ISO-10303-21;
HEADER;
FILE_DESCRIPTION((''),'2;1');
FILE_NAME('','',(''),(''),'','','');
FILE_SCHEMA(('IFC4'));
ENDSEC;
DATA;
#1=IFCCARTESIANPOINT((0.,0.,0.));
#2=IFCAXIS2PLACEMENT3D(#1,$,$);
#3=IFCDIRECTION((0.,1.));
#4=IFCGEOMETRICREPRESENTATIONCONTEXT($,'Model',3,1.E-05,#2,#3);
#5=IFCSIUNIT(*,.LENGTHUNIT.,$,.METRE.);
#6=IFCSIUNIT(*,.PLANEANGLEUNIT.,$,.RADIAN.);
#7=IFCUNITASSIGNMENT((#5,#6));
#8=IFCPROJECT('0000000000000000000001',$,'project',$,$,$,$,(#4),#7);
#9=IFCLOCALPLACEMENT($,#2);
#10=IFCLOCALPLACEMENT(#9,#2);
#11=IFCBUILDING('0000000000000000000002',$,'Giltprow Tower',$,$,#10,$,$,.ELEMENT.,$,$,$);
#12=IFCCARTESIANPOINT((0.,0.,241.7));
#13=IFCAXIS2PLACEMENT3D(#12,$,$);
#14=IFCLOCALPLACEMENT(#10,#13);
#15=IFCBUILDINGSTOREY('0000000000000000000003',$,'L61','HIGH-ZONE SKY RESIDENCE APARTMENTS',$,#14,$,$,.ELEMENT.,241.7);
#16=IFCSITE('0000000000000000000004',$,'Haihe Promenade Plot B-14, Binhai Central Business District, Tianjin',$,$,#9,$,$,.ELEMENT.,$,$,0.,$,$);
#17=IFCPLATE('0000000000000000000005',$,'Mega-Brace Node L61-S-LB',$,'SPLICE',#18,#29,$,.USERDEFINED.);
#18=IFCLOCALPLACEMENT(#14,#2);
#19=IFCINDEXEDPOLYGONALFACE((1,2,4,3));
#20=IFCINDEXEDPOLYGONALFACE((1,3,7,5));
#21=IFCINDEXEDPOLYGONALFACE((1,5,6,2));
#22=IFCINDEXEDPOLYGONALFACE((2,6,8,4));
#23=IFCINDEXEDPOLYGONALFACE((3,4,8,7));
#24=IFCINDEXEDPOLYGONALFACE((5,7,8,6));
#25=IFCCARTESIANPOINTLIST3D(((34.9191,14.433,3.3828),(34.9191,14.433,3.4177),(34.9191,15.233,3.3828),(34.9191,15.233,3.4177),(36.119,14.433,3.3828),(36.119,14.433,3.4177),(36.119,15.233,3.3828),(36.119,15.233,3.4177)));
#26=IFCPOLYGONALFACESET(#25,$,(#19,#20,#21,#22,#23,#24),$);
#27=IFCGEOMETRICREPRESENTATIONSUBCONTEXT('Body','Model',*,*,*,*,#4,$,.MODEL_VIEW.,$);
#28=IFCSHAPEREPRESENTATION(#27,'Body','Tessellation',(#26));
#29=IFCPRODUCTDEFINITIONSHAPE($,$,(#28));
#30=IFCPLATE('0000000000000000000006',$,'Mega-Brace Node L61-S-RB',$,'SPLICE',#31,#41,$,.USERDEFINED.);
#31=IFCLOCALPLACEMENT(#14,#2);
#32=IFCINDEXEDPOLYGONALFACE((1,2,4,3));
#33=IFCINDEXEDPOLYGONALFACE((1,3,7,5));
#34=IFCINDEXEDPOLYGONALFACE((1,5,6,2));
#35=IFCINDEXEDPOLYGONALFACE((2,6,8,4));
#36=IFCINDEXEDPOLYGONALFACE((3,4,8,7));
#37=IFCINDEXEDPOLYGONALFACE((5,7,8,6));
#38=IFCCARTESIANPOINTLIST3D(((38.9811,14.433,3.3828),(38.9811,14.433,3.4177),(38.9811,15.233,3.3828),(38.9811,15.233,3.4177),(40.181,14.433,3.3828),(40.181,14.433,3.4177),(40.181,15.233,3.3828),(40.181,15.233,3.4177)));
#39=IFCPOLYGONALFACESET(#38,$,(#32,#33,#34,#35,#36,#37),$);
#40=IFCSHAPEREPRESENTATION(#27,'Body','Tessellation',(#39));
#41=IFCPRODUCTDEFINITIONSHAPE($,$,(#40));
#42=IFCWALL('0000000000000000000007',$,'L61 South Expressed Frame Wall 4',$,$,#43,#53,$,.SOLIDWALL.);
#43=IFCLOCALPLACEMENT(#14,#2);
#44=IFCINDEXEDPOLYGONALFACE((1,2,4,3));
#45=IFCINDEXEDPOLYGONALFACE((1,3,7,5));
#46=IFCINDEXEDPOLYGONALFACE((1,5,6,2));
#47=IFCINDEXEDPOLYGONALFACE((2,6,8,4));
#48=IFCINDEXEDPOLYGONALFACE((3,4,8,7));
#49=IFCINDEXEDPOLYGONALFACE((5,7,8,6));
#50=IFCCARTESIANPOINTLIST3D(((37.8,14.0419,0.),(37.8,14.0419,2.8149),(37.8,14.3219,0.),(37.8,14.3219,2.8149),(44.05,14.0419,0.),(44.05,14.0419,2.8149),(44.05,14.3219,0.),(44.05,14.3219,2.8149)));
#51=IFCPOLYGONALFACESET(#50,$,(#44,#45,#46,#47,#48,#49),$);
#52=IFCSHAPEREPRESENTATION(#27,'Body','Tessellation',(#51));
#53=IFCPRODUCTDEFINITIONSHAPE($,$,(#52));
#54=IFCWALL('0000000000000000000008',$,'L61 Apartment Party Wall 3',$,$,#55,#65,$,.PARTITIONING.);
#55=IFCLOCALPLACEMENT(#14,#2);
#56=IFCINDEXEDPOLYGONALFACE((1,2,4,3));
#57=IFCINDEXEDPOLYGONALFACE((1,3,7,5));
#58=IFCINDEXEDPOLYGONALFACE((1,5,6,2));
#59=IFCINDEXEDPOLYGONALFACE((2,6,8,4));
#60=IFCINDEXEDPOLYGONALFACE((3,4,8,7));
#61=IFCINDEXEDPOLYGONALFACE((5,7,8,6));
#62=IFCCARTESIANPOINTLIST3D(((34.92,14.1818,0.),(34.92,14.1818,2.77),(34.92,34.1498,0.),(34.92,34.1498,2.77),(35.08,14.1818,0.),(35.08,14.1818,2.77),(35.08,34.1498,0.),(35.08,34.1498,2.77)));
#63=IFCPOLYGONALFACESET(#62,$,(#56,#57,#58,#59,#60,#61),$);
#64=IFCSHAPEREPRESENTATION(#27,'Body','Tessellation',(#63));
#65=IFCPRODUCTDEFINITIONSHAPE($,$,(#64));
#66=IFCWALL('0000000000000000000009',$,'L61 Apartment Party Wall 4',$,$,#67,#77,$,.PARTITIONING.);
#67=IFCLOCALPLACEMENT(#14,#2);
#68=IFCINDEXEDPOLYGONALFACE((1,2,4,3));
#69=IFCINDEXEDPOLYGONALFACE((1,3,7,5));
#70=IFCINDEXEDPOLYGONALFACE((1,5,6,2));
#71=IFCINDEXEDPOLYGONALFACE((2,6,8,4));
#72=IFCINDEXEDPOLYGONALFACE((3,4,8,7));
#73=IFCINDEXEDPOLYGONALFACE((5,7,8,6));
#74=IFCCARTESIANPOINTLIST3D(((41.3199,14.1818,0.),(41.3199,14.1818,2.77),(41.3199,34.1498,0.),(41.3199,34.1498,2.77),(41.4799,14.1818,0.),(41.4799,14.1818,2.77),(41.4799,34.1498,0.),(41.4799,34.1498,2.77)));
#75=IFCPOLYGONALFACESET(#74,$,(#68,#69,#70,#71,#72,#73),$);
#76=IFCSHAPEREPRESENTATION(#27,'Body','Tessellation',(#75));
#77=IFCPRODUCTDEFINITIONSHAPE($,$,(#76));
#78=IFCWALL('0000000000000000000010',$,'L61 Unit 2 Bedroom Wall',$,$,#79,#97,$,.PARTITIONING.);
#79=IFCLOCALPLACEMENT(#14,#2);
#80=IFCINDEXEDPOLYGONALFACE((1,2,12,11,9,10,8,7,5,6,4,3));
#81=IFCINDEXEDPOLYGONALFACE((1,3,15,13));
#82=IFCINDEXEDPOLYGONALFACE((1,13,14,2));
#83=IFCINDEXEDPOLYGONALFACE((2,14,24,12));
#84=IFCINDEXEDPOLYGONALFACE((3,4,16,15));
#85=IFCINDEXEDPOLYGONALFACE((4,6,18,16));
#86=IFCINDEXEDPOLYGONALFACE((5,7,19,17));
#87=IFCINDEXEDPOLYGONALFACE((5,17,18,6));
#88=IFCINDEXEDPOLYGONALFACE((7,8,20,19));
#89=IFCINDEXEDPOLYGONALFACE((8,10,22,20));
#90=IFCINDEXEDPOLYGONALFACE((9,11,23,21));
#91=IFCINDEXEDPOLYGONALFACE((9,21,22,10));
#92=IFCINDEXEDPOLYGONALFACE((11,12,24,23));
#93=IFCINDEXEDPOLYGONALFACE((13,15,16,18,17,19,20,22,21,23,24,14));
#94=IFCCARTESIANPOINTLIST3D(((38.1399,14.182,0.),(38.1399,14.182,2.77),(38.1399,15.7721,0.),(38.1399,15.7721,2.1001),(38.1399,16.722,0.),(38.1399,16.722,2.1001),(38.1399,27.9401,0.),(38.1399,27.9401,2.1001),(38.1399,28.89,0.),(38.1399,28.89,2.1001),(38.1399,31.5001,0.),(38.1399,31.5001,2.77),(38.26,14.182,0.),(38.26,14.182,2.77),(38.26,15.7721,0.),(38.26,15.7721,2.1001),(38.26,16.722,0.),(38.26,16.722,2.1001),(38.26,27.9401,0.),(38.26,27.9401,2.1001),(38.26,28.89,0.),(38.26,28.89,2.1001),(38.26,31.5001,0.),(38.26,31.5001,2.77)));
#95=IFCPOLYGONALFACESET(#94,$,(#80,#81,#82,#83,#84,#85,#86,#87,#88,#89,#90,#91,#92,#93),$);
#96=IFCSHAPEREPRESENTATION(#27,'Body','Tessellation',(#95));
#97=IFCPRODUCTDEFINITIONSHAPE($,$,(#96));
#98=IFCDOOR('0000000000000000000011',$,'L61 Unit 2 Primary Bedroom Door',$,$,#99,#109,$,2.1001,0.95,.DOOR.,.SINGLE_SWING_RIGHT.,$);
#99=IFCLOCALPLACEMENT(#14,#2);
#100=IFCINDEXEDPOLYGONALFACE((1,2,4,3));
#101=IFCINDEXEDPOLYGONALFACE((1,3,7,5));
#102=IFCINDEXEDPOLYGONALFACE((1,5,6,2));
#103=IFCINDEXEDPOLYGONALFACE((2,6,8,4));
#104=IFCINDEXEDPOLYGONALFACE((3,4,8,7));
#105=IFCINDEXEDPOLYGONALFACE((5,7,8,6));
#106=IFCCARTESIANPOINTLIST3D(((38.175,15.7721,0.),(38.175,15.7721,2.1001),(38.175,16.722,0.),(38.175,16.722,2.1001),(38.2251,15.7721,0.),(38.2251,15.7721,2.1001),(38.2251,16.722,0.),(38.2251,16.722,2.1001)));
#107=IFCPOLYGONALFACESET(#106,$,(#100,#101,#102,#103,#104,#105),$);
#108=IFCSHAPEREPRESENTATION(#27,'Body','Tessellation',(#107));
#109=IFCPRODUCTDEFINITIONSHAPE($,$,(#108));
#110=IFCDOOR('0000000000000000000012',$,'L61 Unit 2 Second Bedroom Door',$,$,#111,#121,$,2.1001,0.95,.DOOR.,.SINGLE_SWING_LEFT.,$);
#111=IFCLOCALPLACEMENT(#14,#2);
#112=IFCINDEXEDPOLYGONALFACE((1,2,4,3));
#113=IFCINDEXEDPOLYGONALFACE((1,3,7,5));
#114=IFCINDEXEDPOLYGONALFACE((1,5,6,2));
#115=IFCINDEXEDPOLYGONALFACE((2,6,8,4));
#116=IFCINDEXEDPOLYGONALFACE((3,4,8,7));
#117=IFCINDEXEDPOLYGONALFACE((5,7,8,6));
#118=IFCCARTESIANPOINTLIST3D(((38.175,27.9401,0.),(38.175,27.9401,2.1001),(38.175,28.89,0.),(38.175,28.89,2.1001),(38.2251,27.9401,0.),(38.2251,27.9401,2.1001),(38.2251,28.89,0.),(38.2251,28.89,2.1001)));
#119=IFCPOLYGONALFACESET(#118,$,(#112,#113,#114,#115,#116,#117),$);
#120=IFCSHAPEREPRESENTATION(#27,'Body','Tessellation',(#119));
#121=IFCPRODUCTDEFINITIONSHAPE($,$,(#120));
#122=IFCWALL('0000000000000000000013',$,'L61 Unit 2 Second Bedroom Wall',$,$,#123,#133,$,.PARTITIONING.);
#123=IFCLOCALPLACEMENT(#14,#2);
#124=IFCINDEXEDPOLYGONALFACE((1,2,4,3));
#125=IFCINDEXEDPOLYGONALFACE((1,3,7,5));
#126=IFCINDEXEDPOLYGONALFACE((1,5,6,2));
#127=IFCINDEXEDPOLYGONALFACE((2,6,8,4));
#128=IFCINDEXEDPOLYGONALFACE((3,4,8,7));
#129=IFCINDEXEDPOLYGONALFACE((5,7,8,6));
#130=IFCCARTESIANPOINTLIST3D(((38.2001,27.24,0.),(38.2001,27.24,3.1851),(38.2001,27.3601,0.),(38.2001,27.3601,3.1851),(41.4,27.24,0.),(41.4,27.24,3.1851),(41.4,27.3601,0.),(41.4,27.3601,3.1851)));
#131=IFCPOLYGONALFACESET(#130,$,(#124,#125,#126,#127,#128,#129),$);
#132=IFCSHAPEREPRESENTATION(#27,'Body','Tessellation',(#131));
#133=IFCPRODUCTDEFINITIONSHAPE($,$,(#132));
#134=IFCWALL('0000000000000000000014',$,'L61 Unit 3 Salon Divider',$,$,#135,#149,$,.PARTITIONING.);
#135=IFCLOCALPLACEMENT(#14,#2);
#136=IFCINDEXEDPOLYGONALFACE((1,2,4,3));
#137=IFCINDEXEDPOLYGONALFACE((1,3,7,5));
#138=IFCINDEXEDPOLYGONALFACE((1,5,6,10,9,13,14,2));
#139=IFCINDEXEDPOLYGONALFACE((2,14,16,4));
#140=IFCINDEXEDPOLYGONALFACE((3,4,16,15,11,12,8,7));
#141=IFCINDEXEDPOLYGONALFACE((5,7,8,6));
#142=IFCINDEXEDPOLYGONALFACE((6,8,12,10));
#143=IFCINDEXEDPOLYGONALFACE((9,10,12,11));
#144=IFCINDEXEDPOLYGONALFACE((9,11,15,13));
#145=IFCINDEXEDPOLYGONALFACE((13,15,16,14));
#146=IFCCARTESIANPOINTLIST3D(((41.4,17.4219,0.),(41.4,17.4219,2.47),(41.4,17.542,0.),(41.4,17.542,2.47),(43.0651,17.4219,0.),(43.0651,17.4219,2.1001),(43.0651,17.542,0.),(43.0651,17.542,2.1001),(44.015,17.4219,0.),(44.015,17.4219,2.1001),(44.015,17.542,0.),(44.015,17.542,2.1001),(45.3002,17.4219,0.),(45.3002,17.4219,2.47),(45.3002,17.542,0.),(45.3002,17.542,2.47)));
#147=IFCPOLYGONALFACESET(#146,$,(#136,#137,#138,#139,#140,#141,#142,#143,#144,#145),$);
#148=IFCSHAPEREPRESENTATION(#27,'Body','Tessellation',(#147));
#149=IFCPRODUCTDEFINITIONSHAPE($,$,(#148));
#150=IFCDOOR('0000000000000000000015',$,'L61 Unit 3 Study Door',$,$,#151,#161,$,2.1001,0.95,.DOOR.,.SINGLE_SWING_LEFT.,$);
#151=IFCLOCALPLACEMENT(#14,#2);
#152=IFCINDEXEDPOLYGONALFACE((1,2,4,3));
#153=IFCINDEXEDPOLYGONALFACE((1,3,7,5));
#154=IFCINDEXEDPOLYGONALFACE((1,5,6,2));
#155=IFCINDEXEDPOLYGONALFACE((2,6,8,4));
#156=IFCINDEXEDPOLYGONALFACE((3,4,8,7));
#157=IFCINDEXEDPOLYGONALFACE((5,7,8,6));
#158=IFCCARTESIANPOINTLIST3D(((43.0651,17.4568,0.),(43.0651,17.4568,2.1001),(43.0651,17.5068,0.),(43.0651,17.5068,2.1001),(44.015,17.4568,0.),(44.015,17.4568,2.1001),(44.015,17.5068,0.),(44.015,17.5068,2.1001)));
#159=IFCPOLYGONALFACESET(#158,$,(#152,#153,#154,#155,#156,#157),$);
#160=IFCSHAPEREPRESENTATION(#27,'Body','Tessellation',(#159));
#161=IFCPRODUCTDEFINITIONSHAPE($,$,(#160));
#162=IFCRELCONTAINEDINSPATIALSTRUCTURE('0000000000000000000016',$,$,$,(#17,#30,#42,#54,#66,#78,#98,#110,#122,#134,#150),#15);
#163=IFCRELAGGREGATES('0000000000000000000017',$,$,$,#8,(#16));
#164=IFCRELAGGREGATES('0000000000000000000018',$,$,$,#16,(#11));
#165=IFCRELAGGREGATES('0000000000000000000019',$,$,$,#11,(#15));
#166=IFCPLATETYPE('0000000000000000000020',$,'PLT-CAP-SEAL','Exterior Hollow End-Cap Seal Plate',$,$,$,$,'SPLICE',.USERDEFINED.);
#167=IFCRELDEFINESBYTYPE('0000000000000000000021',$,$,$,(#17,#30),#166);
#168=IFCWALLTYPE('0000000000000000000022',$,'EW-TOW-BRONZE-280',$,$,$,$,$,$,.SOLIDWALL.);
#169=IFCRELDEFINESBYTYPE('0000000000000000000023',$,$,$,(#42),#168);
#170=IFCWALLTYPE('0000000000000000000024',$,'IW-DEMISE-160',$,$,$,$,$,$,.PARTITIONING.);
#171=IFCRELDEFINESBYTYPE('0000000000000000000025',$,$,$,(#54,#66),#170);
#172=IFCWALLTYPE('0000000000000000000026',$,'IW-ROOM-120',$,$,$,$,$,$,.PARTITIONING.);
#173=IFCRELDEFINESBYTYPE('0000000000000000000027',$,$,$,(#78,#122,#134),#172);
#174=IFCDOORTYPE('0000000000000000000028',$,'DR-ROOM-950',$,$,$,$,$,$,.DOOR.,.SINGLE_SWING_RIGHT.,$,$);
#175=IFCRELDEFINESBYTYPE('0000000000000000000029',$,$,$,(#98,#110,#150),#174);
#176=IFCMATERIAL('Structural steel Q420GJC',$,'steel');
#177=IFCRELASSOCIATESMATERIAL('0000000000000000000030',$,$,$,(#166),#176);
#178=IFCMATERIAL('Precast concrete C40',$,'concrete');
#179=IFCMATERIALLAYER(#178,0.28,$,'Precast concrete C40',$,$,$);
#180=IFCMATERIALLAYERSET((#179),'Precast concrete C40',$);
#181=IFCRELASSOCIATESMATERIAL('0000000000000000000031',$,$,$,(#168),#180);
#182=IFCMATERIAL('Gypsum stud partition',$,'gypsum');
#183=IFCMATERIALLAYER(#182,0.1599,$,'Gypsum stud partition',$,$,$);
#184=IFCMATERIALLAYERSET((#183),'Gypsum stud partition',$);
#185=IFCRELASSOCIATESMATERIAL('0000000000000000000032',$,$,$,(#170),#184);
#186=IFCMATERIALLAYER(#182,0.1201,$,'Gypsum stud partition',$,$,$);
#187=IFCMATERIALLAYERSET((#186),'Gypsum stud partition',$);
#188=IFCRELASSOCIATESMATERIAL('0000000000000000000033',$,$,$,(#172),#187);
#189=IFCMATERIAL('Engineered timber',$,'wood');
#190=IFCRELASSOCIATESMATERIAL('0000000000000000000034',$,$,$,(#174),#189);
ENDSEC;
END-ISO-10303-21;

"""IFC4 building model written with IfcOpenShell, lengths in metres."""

from ifc_helpers import new_model, si_unit, direction, frame, frame_2d, origin, origin_2d, place, context, subcontext, project, spatial, rectangle, extrude, source, transform, mapped, material, layer, layer_set, type_object, element, fill, save


model = new_model("IFC4")

# Units and contexts
model_context = context("Model", 3, precision=1e-05, world=origin(), true_north=direction((0.0, 1.0)))
body_context = subcontext(model_context, "Body", "Model", "MODEL_VIEW")
ifc_project = project(units=[si_unit("LENGTHUNIT", "METRE"), si_unit("PLANEANGLEUNIT", "RADIAN")], contexts=[model_context])

# Site, building, storey
site_placement = place(None, origin())
site = spatial("IfcSite", under=ifc_project, at=site_placement, Name="Haihe Promenade Plot B-14, Binhai Central Business District, Tianjin", CompositionType="ELEMENT", RefElevation=0.0)
building_placement = place(site_placement, origin())
building = spatial("IfcBuilding", under=site, at=building_placement, Name="Giltprow Tower", CompositionType="ELEMENT")
storey_placement = place(building_placement, frame((0.0, 0.0, 241.7)))
storey = spatial("IfcBuildingStorey", under=building, at=storey_placement, Name="L61", Description="HIGH-ZONE SKY RESIDENCE APARTMENTS", CompositionType="ELEMENT", Elevation=241.7)

# Shared definitions
ifc_material_1 = material(Name="Structural steel Q420GJC", Category="steel")

# Plates
plate_type = type_object("IfcPlateType", Name="PLT-CAP-SEAL", Description="Exterior Hollow End-Cap Seal Plate", ElementType="SPLICE", PredefinedType="USERDEFINED", material=ifc_material_1)
shared_shape_1 = source(origin(), body_context, "Body", "SweptSolid", [
    extrude(rectangle(XDim=1.2, YDim=0.8, at=origin_2d()), origin(), (0.0, 0.0, 1.0), 0.0349),
])
for number, where, z_axis, x_axis, name in (
    (1, (35.519, 14.833, 3.3828), (0.0, 0.0, 1.0), (1.0, 0.0, 0.0), "Mega-Brace Node L61-S-LB"),
    (2, (39.5811, 14.833, 3.3828), (0.0, 0.0, 1.0), (1.0, 0.0, 0.0), "Mega-Brace Node L61-S-RB"),
):
    element("IfcPlate", number, at=place(storey_placement, frame(where, z_axis=z_axis, x_axis=x_axis)), inside=storey, type_object=plate_type, Name=name, ObjectType="SPLICE", PredefinedType="USERDEFINED", context=body_context, shape_type="MappedRepresentation", body=[
        mapped(shared_shape_1, transform((0.0, 0.0, 0.0), x_axis=(1.0, 0.0, 0.0), y_axis=(0.0, 1.0, 0.0), z_axis=(0.0, 0.0, 1.0), scale=1.0)),
    ])

# Walls
ifc_material_2 = material(Name="Precast concrete C40", Category="concrete")
ifc_layer_1 = layer(ifc_material_2, 0.28, Name="Precast concrete C40")
ifc_layer_set_1 = layer_set([ifc_layer_1], Name="Precast concrete C40")
wall_type_1 = type_object("IfcWallType", Name="EW-TOW-BRONZE-280", PredefinedType="SOLIDWALL", material=ifc_layer_set_1)
wall_1_placement = place(storey_placement, frame((37.8, 14.1819, 0.0), z_axis=(0.0, 0.0, 1.0), x_axis=(1.0, 0.0, 0.0)))
element("IfcWall", 3, at=wall_1_placement, inside=storey, type_object=wall_type_1, Name="L61 South Expressed Frame Wall 4", PredefinedType="SOLIDWALL", context=body_context, shape_type="SweptSolid", body=[
    extrude(rectangle(XDim=6.25, YDim=0.28, at=frame_2d((3.125, 0.0))), origin(), (0.0, 0.0, 1.0), 2.8149),
])
ifc_material_3 = material(Name="Gypsum stud partition", Category="gypsum")
ifc_layer_2 = layer(ifc_material_3, 0.1599, Name="Gypsum stud partition")
ifc_layer_set_2 = layer_set([ifc_layer_2], Name="Gypsum stud partition")
wall_type_2 = type_object("IfcWallType", Name="IW-DEMISE-160", PredefinedType="PARTITIONING", material=ifc_layer_set_2)
for number, where, z_axis, x_axis, name in (
    (4, (35.0, 14.1819, 0.0), (0.0, 0.0, 1.0), (0.0, 1.0, 0.0), "L61 Apartment Party Wall 3"),
    (5, (41.3999, 14.1819, 0.0), (0.0, 0.0, 1.0), (0.0, 1.0, 0.0), "L61 Apartment Party Wall 4"),
):
    element("IfcWall", number, at=place(storey_placement, frame(where, z_axis=z_axis, x_axis=x_axis)), inside=storey, type_object=wall_type_2, Name=name, PredefinedType="PARTITIONING", context=body_context, shape_type="SweptSolid", body=[
        extrude(rectangle(XDim=19.968, YDim=0.1599, at=frame_2d((9.9839, 0.0))), origin(), (0.0, 0.0, 1.0), 2.77),
    ])

# Wall, openings, doors
ifc_layer_3 = layer(ifc_material_3, 0.1201, Name="Gypsum stud partition")
ifc_layer_set_3 = layer_set([ifc_layer_3], Name="Gypsum stud partition")
wall_type_3 = type_object("IfcWallType", Name="IW-ROOM-120", PredefinedType="PARTITIONING", material=ifc_layer_set_3)
wall_2_placement = place(storey_placement, frame((38.2, 14.1819, 0.0), z_axis=(0.0, 0.0, 1.0), x_axis=(0.0, 1.0, 0.0)))
wall_2 = element("IfcWall", 6, at=wall_2_placement, inside=storey, type_object=wall_type_3, Name="L61 Unit 2 Bedroom Wall", PredefinedType="PARTITIONING", context=body_context, shape_type="SweptSolid", body=[
    extrude(rectangle(XDim=17.3181, YDim=0.1201, at=frame_2d((8.6592, 0.0))), origin(), (0.0, 0.0, 1.0), 2.77),
])
opening_1_placement = place(wall_2_placement, frame((1.5901, 0.0, 0.0)))
opening_1 = element("IfcOpeningElement", 7, at=opening_1_placement, cuts=wall_2, PredefinedType="OPENING", context=body_context, shape_type="SweptSolid", body=[
    extrude(rectangle(XDim=0.95, YDim=2.1001, at=frame_2d((0.4751, 1.05))), frame((0.0, 0.0701, 0.0), z_axis=(0.0, -1.0, 0.0), x_axis=(1.0, 0.0, 0.0)), (0.0, 0.0, 1.0), 0.1401),
])
opening_2_placement = place(wall_2_placement, frame((13.7581, 0.0, 0.0)))
opening_2 = element("IfcOpeningElement", 8, at=opening_2_placement, cuts=wall_2, PredefinedType="OPENING", context=body_context, shape_type="SweptSolid", body=[
    extrude(rectangle(XDim=0.95, YDim=2.1001, at=frame_2d((0.4751, 1.05))), frame((0.0, 0.0701, 0.0), z_axis=(0.0, -1.0, 0.0), x_axis=(1.0, 0.0, 0.0)), (0.0, 0.0, 1.0), 0.1401),
])
ifc_material_4 = material(Name="Engineered timber", Category="wood")
door_type = type_object("IfcDoorType", Name="DR-ROOM-950", OperationType="SINGLE_SWING_RIGHT", PredefinedType="DOOR", material=ifc_material_4)
shared_shape_2 = source(origin(), body_context, "Body", "SweptSolid", [
    extrude(rectangle(XDim=0.95, YDim=2.1001, at=frame_2d((0.4751, 1.05))), frame((0.0, 0.0249, 0.0), z_axis=(0.0, -1.0, 0.0), x_axis=(1.0, 0.0, 0.0)), (0.0, 0.0, 1.0), 0.05),
])
door_1_placement = place(opening_1_placement, origin())
door_1 = element("IfcDoor", 9, at=door_1_placement, inside=storey, type_object=door_type, Name="L61 Unit 2 Primary Bedroom Door", OperationType="SINGLE_SWING_RIGHT", OverallHeight=2.1001, OverallWidth=0.95, PredefinedType="DOOR", context=body_context, shape_type="MappedRepresentation", body=[
    mapped(shared_shape_2, transform((0.0, 0.0, 0.0), x_axis=(1.0, 0.0, 0.0), y_axis=(0.0, 1.0, 0.0), z_axis=(0.0, 0.0, 1.0), scale=1.0)),
])
fill(opening_1, door_1)
door_2_placement = place(opening_2_placement, origin())
door_2 = element("IfcDoor", 10, at=door_2_placement, inside=storey, type_object=door_type, Name="L61 Unit 2 Second Bedroom Door", OperationType="SINGLE_SWING_LEFT", OverallHeight=2.1001, OverallWidth=0.95, PredefinedType="DOOR", context=body_context, shape_type="MappedRepresentation", body=[
    mapped(shared_shape_2, transform((0.0, 0.0, 0.0), x_axis=(1.0, 0.0, 0.0), y_axis=(0.0, 1.0, 0.0), z_axis=(0.0, 0.0, 1.0), scale=1.0)),
])
fill(opening_2, door_2)

# Wall
wall_3_placement = place(storey_placement, frame((38.2, 27.3, 0.0), z_axis=(0.0, 0.0, 1.0), x_axis=(1.0, 0.0, 0.0)))
element("IfcWall", 11, at=wall_3_placement, inside=storey, type_object=wall_type_3, Name="L61 Unit 2 Second Bedroom Wall", PredefinedType="PARTITIONING", context=body_context, shape_type="SweptSolid", body=[
    extrude(rectangle(XDim=3.2, YDim=0.1201, at=frame_2d((1.6001, 0.0))), origin(), (0.0, 0.0, 1.0), 3.1851),
])

# Wall, opening, door
wall_4_placement = place(storey_placement, frame((41.3999, 17.4819, 0.0), z_axis=(0.0, 0.0, 1.0), x_axis=(1.0, 0.0, 0.0)))
wall_4 = element("IfcWall", 12, at=wall_4_placement, inside=storey, type_object=wall_type_3, Name="L61 Unit 3 Salon Divider", PredefinedType="PARTITIONING", context=body_context, shape_type="SweptSolid", body=[
    extrude(rectangle(XDim=3.9001, YDim=0.1201, at=frame_2d((1.9502, 0.0))), origin(), (0.0, 0.0, 1.0), 2.47),
])
opening_3_placement = place(wall_4_placement, frame((1.665, 0.0, 0.0)))
opening_3 = element("IfcOpeningElement", 13, at=opening_3_placement, cuts=wall_4, PredefinedType="OPENING", context=body_context, shape_type="SweptSolid", body=[
    extrude(rectangle(XDim=0.95, YDim=2.1001, at=frame_2d((0.4751, 1.05))), frame((0.0, 0.0701, 0.0), z_axis=(0.0, -1.0, 0.0), x_axis=(1.0, 0.0, 0.0)), (0.0, 0.0, 1.0), 0.1401),
])
door_3_placement = place(opening_3_placement, origin())
door_3 = element("IfcDoor", 14, at=door_3_placement, inside=storey, type_object=door_type, Name="L61 Unit 3 Study Door", OperationType="SINGLE_SWING_LEFT", OverallHeight=2.1001, OverallWidth=0.95, PredefinedType="DOOR", context=body_context, shape_type="MappedRepresentation", body=[
    mapped(shared_shape_2, transform((0.0, 0.0, 0.0), x_axis=(1.0, 0.0, 0.0), y_axis=(0.0, 1.0, 0.0), z_axis=(0.0, 0.0, 1.0), scale=1.0)),
])
fill(opening_3, door_3)

save(model, "model.ifc")
